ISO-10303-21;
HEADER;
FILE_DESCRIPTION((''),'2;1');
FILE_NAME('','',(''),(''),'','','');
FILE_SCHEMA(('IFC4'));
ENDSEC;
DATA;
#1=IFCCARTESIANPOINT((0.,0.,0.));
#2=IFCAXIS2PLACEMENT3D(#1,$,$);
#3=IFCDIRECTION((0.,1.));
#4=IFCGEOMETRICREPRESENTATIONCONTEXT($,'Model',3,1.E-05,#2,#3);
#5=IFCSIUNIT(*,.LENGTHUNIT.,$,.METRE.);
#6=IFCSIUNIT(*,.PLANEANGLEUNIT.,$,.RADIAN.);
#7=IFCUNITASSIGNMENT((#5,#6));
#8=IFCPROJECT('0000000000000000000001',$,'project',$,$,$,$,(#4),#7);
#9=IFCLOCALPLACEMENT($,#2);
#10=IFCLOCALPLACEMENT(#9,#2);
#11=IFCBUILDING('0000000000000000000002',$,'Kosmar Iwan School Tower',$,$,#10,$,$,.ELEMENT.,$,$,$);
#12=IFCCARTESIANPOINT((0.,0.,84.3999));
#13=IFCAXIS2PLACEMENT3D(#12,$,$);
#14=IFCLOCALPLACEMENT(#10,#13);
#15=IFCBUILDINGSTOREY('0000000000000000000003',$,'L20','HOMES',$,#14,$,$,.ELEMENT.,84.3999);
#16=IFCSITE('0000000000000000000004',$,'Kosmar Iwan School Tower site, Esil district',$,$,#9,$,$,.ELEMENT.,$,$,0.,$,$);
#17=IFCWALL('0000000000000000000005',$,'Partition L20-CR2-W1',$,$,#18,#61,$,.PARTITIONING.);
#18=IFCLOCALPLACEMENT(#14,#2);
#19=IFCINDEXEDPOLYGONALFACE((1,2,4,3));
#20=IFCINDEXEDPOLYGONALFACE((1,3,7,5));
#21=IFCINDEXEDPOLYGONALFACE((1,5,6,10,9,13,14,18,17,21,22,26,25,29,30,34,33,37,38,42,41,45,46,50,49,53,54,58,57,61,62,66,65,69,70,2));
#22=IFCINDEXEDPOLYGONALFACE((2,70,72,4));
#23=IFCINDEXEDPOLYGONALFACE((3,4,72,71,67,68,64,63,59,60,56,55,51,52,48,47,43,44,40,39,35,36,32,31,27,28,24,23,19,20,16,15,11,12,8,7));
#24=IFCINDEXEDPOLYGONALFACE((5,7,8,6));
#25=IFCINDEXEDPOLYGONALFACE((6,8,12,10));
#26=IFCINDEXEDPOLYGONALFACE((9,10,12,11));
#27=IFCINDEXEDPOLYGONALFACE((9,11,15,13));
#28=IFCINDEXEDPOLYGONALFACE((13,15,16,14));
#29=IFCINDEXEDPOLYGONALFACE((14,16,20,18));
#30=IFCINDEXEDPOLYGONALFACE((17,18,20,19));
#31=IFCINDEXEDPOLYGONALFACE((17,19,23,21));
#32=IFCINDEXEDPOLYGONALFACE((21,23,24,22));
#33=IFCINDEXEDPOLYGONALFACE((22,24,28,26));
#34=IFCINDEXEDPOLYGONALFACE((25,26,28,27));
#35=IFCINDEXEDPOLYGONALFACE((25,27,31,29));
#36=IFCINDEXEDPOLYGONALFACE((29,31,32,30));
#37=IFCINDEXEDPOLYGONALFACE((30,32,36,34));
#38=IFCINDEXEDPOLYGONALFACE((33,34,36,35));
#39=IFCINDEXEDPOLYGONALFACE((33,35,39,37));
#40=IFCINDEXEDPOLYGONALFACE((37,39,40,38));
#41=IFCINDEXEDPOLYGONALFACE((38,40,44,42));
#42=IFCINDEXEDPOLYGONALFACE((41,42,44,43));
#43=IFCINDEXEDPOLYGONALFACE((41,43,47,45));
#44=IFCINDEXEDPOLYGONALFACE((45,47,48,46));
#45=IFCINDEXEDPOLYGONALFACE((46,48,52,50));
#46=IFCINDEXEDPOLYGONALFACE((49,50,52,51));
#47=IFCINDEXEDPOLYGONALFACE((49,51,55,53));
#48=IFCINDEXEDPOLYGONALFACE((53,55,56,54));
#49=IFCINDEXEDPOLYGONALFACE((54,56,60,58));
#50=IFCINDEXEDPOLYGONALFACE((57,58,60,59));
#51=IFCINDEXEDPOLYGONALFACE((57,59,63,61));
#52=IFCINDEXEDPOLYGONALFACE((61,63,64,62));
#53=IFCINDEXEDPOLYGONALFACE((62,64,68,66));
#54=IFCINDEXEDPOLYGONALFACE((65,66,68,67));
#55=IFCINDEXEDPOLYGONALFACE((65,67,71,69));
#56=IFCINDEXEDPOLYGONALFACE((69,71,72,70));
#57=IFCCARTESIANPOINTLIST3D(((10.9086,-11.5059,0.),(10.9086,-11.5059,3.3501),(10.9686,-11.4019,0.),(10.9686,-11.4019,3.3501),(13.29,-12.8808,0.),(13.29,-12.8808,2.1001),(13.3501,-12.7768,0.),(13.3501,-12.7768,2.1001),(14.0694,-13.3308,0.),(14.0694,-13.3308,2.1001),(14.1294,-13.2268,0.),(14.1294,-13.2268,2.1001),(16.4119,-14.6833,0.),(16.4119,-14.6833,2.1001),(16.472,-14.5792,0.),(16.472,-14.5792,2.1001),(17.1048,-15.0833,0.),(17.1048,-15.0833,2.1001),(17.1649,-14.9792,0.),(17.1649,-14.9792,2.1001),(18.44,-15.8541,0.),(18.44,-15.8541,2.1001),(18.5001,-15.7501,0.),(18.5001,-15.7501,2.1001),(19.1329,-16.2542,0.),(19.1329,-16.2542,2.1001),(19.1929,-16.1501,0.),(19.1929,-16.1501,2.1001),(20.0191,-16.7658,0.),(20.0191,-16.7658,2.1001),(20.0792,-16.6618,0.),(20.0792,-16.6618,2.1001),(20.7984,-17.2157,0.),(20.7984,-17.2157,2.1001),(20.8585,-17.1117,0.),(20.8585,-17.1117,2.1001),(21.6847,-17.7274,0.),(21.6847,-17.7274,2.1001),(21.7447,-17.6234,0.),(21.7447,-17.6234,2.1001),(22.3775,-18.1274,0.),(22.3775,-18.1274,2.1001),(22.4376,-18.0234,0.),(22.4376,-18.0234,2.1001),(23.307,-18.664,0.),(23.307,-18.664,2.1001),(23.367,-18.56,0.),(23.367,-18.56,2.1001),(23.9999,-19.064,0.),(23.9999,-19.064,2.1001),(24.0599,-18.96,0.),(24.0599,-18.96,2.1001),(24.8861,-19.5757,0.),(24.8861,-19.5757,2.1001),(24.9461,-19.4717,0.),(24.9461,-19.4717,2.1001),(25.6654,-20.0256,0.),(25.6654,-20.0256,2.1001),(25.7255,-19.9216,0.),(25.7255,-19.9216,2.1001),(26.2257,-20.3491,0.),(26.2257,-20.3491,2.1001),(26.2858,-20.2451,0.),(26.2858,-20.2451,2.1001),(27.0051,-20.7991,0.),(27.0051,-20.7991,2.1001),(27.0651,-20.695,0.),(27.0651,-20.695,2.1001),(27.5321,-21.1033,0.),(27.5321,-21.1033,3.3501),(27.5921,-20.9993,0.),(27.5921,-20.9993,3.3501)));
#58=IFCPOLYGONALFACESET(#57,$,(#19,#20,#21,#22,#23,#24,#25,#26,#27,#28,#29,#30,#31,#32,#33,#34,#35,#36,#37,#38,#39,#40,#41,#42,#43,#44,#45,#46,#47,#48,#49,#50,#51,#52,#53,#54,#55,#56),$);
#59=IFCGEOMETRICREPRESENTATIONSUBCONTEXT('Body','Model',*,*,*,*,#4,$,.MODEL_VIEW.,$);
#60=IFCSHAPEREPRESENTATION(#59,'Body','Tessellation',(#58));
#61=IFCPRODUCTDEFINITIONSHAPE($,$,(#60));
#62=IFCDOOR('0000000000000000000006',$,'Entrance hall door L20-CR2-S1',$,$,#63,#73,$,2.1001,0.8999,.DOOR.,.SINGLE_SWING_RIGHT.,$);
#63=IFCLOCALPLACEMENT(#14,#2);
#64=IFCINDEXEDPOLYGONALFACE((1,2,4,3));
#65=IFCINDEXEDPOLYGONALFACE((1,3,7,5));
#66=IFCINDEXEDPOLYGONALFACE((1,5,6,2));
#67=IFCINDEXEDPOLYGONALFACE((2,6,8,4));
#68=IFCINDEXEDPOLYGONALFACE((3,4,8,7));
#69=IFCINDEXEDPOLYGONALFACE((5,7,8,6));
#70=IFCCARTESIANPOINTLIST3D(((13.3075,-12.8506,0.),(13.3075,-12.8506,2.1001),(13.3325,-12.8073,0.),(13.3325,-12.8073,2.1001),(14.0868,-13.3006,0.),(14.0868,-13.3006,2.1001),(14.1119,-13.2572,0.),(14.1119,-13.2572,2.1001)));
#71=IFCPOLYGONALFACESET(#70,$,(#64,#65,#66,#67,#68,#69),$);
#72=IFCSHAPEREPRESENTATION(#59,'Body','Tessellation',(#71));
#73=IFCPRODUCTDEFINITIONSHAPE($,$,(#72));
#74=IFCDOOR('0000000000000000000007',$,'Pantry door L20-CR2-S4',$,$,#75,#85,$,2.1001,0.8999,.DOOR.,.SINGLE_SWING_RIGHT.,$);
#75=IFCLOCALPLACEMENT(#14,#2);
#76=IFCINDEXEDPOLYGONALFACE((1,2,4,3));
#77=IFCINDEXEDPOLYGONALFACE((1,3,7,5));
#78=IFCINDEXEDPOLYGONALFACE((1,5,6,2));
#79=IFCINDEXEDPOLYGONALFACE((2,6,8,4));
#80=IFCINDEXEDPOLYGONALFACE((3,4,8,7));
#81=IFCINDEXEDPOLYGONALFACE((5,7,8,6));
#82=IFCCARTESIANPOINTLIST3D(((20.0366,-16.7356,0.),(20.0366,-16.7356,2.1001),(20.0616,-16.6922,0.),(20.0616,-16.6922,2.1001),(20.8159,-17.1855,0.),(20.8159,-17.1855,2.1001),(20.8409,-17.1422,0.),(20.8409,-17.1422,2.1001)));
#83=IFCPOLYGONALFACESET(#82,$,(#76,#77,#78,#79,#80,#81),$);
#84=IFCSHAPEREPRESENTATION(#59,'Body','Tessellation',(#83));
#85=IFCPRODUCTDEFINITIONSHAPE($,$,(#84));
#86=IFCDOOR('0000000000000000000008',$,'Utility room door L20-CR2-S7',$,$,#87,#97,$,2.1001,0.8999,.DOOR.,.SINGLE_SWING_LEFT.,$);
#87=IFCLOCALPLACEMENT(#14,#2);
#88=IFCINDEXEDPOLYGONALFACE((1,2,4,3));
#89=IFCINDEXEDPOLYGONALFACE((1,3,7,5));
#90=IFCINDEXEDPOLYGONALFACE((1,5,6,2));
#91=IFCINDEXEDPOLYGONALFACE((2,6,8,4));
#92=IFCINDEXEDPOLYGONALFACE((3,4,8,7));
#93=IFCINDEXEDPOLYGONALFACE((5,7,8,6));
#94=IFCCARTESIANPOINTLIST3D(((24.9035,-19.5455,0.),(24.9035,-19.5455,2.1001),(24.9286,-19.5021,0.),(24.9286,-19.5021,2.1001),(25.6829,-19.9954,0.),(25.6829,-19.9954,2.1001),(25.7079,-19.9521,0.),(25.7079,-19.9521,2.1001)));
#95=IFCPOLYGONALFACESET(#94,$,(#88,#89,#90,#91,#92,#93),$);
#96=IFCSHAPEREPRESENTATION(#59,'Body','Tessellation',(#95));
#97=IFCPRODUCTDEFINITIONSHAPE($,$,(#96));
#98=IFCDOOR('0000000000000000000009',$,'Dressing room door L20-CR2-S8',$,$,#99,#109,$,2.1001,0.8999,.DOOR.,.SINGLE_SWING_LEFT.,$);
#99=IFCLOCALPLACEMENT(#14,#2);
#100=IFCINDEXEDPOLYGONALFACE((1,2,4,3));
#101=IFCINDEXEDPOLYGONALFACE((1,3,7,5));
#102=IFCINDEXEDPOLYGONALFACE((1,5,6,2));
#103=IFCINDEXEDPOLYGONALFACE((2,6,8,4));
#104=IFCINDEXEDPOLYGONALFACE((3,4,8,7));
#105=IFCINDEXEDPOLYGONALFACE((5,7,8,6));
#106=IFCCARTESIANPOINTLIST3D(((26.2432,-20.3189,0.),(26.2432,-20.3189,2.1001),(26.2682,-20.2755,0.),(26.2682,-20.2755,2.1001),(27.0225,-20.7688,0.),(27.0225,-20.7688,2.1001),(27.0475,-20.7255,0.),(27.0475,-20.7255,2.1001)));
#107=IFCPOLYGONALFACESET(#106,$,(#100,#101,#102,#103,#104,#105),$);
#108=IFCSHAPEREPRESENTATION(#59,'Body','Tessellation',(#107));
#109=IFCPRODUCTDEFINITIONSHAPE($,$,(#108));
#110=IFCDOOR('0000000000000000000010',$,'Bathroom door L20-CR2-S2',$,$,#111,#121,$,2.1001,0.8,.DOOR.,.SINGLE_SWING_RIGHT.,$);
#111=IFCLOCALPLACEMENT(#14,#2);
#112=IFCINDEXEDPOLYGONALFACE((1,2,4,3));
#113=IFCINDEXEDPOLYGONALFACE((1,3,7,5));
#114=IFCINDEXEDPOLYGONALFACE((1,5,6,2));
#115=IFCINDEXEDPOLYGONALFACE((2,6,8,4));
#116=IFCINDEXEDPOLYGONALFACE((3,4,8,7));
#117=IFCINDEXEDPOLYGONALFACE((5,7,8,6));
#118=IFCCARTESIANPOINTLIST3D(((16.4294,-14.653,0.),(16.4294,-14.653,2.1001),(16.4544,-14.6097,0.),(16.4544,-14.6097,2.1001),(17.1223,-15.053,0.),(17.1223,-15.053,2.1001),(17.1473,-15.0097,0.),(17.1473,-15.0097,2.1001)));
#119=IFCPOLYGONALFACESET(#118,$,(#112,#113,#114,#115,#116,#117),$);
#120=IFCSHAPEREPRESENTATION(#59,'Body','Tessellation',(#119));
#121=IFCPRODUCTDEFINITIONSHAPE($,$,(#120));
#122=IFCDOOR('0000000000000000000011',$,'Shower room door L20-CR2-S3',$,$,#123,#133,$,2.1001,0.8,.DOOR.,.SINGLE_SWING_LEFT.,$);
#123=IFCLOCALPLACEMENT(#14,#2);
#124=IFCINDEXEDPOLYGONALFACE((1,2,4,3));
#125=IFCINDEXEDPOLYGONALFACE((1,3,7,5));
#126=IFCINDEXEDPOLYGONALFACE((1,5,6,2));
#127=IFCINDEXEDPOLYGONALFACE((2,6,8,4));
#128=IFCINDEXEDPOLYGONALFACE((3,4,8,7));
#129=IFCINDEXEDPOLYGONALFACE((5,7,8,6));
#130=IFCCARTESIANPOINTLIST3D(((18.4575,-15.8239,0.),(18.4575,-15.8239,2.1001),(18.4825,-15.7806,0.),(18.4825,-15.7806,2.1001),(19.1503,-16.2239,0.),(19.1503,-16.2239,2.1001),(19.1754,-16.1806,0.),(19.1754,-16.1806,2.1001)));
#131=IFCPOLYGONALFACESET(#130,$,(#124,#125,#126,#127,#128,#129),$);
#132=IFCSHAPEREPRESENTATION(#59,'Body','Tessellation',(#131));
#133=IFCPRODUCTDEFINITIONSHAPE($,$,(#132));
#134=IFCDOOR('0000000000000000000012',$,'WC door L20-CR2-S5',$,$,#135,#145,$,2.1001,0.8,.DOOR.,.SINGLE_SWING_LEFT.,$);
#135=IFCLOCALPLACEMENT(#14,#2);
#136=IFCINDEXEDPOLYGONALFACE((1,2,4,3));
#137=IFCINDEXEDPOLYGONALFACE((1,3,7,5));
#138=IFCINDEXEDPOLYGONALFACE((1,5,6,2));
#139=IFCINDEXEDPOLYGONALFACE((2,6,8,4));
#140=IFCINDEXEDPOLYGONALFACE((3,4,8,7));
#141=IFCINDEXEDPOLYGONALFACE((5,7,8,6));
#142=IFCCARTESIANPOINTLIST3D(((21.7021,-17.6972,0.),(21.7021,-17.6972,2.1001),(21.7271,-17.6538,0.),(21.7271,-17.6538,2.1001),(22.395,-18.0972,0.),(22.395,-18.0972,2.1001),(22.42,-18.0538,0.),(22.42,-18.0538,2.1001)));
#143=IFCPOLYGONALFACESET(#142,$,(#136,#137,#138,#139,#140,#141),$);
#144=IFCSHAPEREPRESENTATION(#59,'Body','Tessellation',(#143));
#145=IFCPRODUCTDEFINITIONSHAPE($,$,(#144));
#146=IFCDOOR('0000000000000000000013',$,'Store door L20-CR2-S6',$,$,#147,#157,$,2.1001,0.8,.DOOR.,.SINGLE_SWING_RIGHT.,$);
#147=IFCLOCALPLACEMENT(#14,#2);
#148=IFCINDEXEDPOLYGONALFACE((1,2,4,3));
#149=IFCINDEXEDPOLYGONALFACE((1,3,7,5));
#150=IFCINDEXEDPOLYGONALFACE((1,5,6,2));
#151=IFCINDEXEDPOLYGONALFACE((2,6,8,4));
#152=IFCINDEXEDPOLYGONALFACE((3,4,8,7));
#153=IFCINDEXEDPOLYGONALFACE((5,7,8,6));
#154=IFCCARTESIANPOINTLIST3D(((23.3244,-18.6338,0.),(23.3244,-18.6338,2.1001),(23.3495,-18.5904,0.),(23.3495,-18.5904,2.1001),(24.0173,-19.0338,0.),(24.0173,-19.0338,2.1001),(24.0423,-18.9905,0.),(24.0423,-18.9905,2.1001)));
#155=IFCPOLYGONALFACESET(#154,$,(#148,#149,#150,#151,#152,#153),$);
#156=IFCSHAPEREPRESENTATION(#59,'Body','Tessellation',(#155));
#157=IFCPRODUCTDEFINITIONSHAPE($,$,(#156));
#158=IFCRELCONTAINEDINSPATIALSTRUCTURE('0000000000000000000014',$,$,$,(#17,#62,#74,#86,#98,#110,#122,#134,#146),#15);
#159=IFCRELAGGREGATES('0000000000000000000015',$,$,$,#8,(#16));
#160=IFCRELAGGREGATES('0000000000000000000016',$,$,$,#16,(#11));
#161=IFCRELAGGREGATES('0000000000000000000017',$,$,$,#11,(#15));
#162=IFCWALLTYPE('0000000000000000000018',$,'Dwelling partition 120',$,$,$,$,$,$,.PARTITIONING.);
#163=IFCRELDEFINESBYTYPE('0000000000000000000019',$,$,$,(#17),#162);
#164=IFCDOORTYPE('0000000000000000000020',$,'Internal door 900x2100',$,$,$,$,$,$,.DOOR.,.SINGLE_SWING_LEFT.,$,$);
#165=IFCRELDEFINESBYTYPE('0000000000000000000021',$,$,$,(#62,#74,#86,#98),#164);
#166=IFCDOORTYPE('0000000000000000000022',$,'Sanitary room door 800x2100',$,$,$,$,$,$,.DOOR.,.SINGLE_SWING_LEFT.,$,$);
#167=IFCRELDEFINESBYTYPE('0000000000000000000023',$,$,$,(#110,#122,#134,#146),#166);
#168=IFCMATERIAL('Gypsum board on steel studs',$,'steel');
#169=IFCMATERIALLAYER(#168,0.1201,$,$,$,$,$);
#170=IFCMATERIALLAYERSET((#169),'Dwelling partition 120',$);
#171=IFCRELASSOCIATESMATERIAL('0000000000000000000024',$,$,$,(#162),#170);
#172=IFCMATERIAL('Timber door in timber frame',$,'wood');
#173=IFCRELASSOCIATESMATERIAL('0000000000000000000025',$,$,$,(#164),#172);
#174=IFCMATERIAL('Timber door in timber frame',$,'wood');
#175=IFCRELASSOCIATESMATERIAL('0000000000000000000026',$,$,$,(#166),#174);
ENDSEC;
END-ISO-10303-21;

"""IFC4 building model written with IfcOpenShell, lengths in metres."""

from ifc_helpers import new_model, si_unit, direction, frame, frame_2d, origin, place, context, subcontext, project, spatial, rectangle, extrude, material, layer, layer_set, type_object, element, fill, save


model = new_model("IFC4")

# Units and contexts
model_context = context("Model", 3, precision=1e-05, world=origin(), true_north=direction((0.0, 1.0)))
body_context = subcontext(model_context, "Body", "Model", "MODEL_VIEW")
ifc_project = project(units=[si_unit("LENGTHUNIT", "METRE"), si_unit("PLANEANGLEUNIT", "RADIAN")], contexts=[model_context])

# Site, building, storey
site_placement = place(None, origin())
site = spatial("IfcSite", under=ifc_project, at=site_placement, Name="Kosmar Iwan School Tower site, Esil district", CompositionType="ELEMENT", RefElevation=0.0)
building_placement = place(site_placement, origin())
building = spatial("IfcBuilding", under=site, at=building_placement, Name="Kosmar Iwan School Tower", CompositionType="ELEMENT")
storey_placement = place(building_placement, frame((0.0, 0.0, 84.3999)))
storey = spatial("IfcBuildingStorey", under=building, at=storey_placement, Name="L20", Description="HOMES", CompositionType="ELEMENT", Elevation=84.3999)

# Wall, openings, doors
ifc_material_1 = material(Name="Gypsum board on steel studs", Category="steel")
ifc_layer = layer(ifc_material_1, 0.1201)
ifc_layer_set = layer_set([ifc_layer], Name="Dwelling partition 120")
wall_type = type_object("IfcWallType", Name="Dwelling partition 120", PredefinedType="PARTITIONING", material=ifc_layer_set)
wall_1_placement = place(storey_placement, frame((10.9385, -11.4539, 0.0), z_axis=(0.0, 0.0, 1.0), x_axis=(0.86603, -0.499993, 0.0)))
wall_1 = element("IfcWall", 1, at=wall_1_placement, inside=storey, type_object=wall_type, Name="Partition L20-CR2-W1", PredefinedType="PARTITIONING", context=body_context, shape_type="SweptSolid", body=[
    extrude(rectangle(XDim=19.1951, YDim=0.1201, at=frame_2d((9.5977, 0.0))), origin(), (0.0, 0.0, 1.0), 3.3501),
])
opening_1_placement = place(wall_1_placement, frame((2.75, 0.0, 0.0)))
opening_1 = element("IfcOpeningElement", 2, at=opening_1_placement, cuts=wall_1, PredefinedType="OPENING", context=body_context, shape_type="SweptSolid", body=[
    extrude(rectangle(XDim=0.8999, YDim=2.1001, at=frame_2d((0.45, 1.05))), frame((0.0, 0.072, 0.0), z_axis=(0.0, -1.0, 0.0), x_axis=(1.0, 0.0, 0.0)), (0.0, 0.0, 1.0), 0.144),
])
opening_2_placement = place(wall_1_placement, frame((6.355, 0.0, 0.0)))
opening_2 = element("IfcOpeningElement", 3, at=opening_2_placement, cuts=wall_1, PredefinedType="OPENING", context=body_context, shape_type="SweptSolid", body=[
    extrude(rectangle(XDim=0.8, YDim=2.1001, at=frame_2d((0.3999, 1.05))), frame((0.0, 0.072, 0.0), z_axis=(0.0, -1.0, 0.0), x_axis=(1.0, 0.0, 0.0)), (0.0, 0.0, 1.0), 0.144),
])
opening_3_placement = place(wall_1_placement, frame((8.6968, 0.0, 0.0)))
opening_3 = element("IfcOpeningElement", 4, at=opening_3_placement, cuts=wall_1, PredefinedType="OPENING", context=body_context, shape_type="SweptSolid", body=[
    extrude(rectangle(XDim=0.8, YDim=2.1001, at=frame_2d((0.3999, 1.05))), frame((0.0, 0.072, 0.0), z_axis=(0.0, -1.0, 0.0), x_axis=(1.0, 0.0, 0.0)), (0.0, 0.0, 1.0), 0.144),
])
opening_4_placement = place(wall_1_placement, frame((10.52, 0.0, 0.0)))
opening_4 = element("IfcOpeningElement", 5, at=opening_4_placement, cuts=wall_1, PredefinedType="OPENING", context=body_context, shape_type="SweptSolid", body=[
    extrude(rectangle(XDim=0.8999, YDim=2.1001, at=frame_2d((0.45, 1.05))), frame((0.0, 0.072, 0.0), z_axis=(0.0, -1.0, 0.0), x_axis=(1.0, 0.0, 0.0)), (0.0, 0.0, 1.0), 0.144),
])
opening_5_placement = place(wall_1_placement, frame((12.4434, 0.0, 0.0)))
opening_5 = element("IfcOpeningElement", 6, at=opening_5_placement, cuts=wall_1, PredefinedType="OPENING", context=body_context, shape_type="SweptSolid", body=[
    extrude(rectangle(XDim=0.8, YDim=2.1001, at=frame_2d((0.3999, 1.05))), frame((0.0, 0.072, 0.0), z_axis=(0.0, -1.0, 0.0), x_axis=(1.0, 0.0, 0.0)), (0.0, 0.0, 1.0), 0.144),
])
opening_6_placement = place(wall_1_placement, frame((14.3167, 0.0, 0.0)))
opening_6 = element("IfcOpeningElement", 7, at=opening_6_placement, cuts=wall_1, PredefinedType="OPENING", context=body_context, shape_type="SweptSolid", body=[
    extrude(rectangle(XDim=0.8, YDim=2.1001, at=frame_2d((0.3999, 1.05))), frame((0.0, 0.072, 0.0), z_axis=(0.0, -1.0, 0.0), x_axis=(1.0, 0.0, 0.0)), (0.0, 0.0, 1.0), 0.144),
])
opening_7_placement = place(wall_1_placement, frame((16.1399, 0.0, 0.0)))
opening_7 = element("IfcOpeningElement", 8, at=opening_7_placement, cuts=wall_1, PredefinedType="OPENING", context=body_context, shape_type="SweptSolid", body=[
    extrude(rectangle(XDim=0.8999, YDim=2.1001, at=frame_2d((0.45, 1.05))), frame((0.0, 0.072, 0.0), z_axis=(0.0, -1.0, 0.0), x_axis=(1.0, 0.0, 0.0)), (0.0, 0.0, 1.0), 0.144),
])
opening_8_placement = place(wall_1_placement, frame((17.6868, 0.0, 0.0)))
opening_8 = element("IfcOpeningElement", 9, at=opening_8_placement, cuts=wall_1, PredefinedType="OPENING", context=body_context, shape_type="SweptSolid", body=[
    extrude(rectangle(XDim=0.8999, YDim=2.1001, at=frame_2d((0.45, 1.05))), frame((0.0, 0.072, 0.0), z_axis=(0.0, -1.0, 0.0), x_axis=(1.0, 0.0, 0.0)), (0.0, 0.0, 1.0), 0.144),
])
ifc_material_2 = material(Name="Timber door in timber frame", Category="wood")
door_type_1 = type_object("IfcDoorType", Name="Internal door 900x2100", OperationType="SINGLE_SWING_LEFT", PredefinedType="DOOR", material=ifc_material_2)
door_1_placement = place(opening_1_placement, origin())
door_1 = element("IfcDoor", 10, at=door_1_placement, inside=storey, type_object=door_type_1, Name="Entrance hall door L20-CR2-S1", OperationType="SINGLE_SWING_RIGHT", OverallHeight=2.1001, OverallWidth=0.8999, PredefinedType="DOOR", context=body_context, shape_type="SweptSolid", body=[
    extrude(rectangle(XDim=0.8999, YDim=2.1001, at=frame_2d((0.45, 1.05))), frame((0.0, 0.0249, 0.0), z_axis=(0.0, -1.0, 0.0), x_axis=(1.0, 0.0, 0.0)), (0.0, 0.0, 1.0), 0.05),
])
fill(opening_1, door_1)
door_2_placement = place(opening_4_placement, origin())
door_2 = element("IfcDoor", 11, at=door_2_placement, inside=storey, type_object=door_type_1, Name="Pantry door L20-CR2-S4", OperationType="SINGLE_SWING_RIGHT", OverallHeight=2.1001, OverallWidth=0.8999, PredefinedType="DOOR", context=body_context, shape_type="SweptSolid", body=[
    extrude(rectangle(XDim=0.8999, YDim=2.1001, at=frame_2d((0.45, 1.05))), frame((0.0, 0.0249, 0.0), z_axis=(0.0, -1.0, 0.0), x_axis=(1.0, 0.0, 0.0)), (0.0, 0.0, 1.0), 0.05),
])
fill(opening_4, door_2)
door_3_placement = place(opening_7_placement, origin())
door_3 = element("IfcDoor", 12, at=door_3_placement, inside=storey, type_object=door_type_1, Name="Utility room door L20-CR2-S7", OperationType="SINGLE_SWING_LEFT", OverallHeight=2.1001, OverallWidth=0.8999, PredefinedType="DOOR", context=body_context, shape_type="SweptSolid", body=[
    extrude(rectangle(XDim=0.8999, YDim=2.1001, at=frame_2d((0.45, 1.05))), frame((0.0, 0.0249, 0.0), z_axis=(0.0, -1.0, 0.0), x_axis=(1.0, 0.0, 0.0)), (0.0, 0.0, 1.0), 0.05),
])
fill(opening_7, door_3)
door_4_placement = place(opening_8_placement, origin())
door_4 = element("IfcDoor", 13, at=door_4_placement, inside=storey, type_object=door_type_1, Name="Dressing room door L20-CR2-S8", OperationType="SINGLE_SWING_LEFT", OverallHeight=2.1001, OverallWidth=0.8999, PredefinedType="DOOR", context=body_context, shape_type="SweptSolid", body=[
    extrude(rectangle(XDim=0.8999, YDim=2.1001, at=frame_2d((0.45, 1.05))), frame((0.0, 0.0249, 0.0), z_axis=(0.0, -1.0, 0.0), x_axis=(1.0, 0.0, 0.0)), (0.0, 0.0, 1.0), 0.05),
])
fill(opening_8, door_4)
ifc_material_3 = material(Name="Timber door in timber frame", Category="wood")
door_type_2 = type_object("IfcDoorType", Name="Sanitary room door 800x2100", OperationType="SINGLE_SWING_LEFT", PredefinedType="DOOR", material=ifc_material_3)
door_5_placement = place(opening_2_placement, origin())
door_5 = element("IfcDoor", 14, at=door_5_placement, inside=storey, type_object=door_type_2, Name="Bathroom door L20-CR2-S2", OperationType="SINGLE_SWING_RIGHT", OverallHeight=2.1001, OverallWidth=0.8, PredefinedType="DOOR", context=body_context, shape_type="SweptSolid", body=[
    extrude(rectangle(XDim=0.8, YDim=2.1001, at=frame_2d((0.3999, 1.05))), frame((0.0, 0.0249, 0.0), z_axis=(0.0, -1.0, 0.0), x_axis=(1.0, 0.0, 0.0)), (0.0, 0.0, 1.0), 0.05),
])
fill(opening_2, door_5)
door_6_placement = place(opening_3_placement, origin())
door_6 = element("IfcDoor", 15, at=door_6_placement, inside=storey, type_object=door_type_2, Name="Shower room door L20-CR2-S3", OperationType="SINGLE_SWING_LEFT", OverallHeight=2.1001, OverallWidth=0.8, PredefinedType="DOOR", context=body_context, shape_type="SweptSolid", body=[
    extrude(rectangle(XDim=0.8, YDim=2.1001, at=frame_2d((0.3999, 1.05))), frame((0.0, 0.0249, 0.0), z_axis=(0.0, -1.0, 0.0), x_axis=(1.0, 0.0, 0.0)), (0.0, 0.0, 1.0), 0.05),
])
fill(opening_3, door_6)
door_7_placement = place(opening_5_placement, origin())
door_7 = element("IfcDoor", 16, at=door_7_placement, inside=storey, type_object=door_type_2, Name="WC door L20-CR2-S5", OperationType="SINGLE_SWING_LEFT", OverallHeight=2.1001, OverallWidth=0.8, PredefinedType="DOOR", context=body_context, shape_type="SweptSolid", body=[
    extrude(rectangle(XDim=0.8, YDim=2.1001, at=frame_2d((0.3999, 1.05))), frame((0.0, 0.0249, 0.0), z_axis=(0.0, -1.0, 0.0), x_axis=(1.0, 0.0, 0.0)), (0.0, 0.0, 1.0), 0.05),
])
fill(opening_5, door_7)
door_8_placement = place(opening_6_placement, origin())
door_8 = element("IfcDoor", 17, at=door_8_placement, inside=storey, type_object=door_type_2, Name="Store door L20-CR2-S6", OperationType="SINGLE_SWING_RIGHT", OverallHeight=2.1001, OverallWidth=0.8, PredefinedType="DOOR", context=body_context, shape_type="SweptSolid", body=[
    extrude(rectangle(XDim=0.8, YDim=2.1001, at=frame_2d((0.3999, 1.05))), frame((0.0, 0.0249, 0.0), z_axis=(0.0, -1.0, 0.0), x_axis=(1.0, 0.0, 0.0)), (0.0, 0.0, 1.0), 0.05),
])
fill(opening_6, door_8)

save(model, "model.ifc")
